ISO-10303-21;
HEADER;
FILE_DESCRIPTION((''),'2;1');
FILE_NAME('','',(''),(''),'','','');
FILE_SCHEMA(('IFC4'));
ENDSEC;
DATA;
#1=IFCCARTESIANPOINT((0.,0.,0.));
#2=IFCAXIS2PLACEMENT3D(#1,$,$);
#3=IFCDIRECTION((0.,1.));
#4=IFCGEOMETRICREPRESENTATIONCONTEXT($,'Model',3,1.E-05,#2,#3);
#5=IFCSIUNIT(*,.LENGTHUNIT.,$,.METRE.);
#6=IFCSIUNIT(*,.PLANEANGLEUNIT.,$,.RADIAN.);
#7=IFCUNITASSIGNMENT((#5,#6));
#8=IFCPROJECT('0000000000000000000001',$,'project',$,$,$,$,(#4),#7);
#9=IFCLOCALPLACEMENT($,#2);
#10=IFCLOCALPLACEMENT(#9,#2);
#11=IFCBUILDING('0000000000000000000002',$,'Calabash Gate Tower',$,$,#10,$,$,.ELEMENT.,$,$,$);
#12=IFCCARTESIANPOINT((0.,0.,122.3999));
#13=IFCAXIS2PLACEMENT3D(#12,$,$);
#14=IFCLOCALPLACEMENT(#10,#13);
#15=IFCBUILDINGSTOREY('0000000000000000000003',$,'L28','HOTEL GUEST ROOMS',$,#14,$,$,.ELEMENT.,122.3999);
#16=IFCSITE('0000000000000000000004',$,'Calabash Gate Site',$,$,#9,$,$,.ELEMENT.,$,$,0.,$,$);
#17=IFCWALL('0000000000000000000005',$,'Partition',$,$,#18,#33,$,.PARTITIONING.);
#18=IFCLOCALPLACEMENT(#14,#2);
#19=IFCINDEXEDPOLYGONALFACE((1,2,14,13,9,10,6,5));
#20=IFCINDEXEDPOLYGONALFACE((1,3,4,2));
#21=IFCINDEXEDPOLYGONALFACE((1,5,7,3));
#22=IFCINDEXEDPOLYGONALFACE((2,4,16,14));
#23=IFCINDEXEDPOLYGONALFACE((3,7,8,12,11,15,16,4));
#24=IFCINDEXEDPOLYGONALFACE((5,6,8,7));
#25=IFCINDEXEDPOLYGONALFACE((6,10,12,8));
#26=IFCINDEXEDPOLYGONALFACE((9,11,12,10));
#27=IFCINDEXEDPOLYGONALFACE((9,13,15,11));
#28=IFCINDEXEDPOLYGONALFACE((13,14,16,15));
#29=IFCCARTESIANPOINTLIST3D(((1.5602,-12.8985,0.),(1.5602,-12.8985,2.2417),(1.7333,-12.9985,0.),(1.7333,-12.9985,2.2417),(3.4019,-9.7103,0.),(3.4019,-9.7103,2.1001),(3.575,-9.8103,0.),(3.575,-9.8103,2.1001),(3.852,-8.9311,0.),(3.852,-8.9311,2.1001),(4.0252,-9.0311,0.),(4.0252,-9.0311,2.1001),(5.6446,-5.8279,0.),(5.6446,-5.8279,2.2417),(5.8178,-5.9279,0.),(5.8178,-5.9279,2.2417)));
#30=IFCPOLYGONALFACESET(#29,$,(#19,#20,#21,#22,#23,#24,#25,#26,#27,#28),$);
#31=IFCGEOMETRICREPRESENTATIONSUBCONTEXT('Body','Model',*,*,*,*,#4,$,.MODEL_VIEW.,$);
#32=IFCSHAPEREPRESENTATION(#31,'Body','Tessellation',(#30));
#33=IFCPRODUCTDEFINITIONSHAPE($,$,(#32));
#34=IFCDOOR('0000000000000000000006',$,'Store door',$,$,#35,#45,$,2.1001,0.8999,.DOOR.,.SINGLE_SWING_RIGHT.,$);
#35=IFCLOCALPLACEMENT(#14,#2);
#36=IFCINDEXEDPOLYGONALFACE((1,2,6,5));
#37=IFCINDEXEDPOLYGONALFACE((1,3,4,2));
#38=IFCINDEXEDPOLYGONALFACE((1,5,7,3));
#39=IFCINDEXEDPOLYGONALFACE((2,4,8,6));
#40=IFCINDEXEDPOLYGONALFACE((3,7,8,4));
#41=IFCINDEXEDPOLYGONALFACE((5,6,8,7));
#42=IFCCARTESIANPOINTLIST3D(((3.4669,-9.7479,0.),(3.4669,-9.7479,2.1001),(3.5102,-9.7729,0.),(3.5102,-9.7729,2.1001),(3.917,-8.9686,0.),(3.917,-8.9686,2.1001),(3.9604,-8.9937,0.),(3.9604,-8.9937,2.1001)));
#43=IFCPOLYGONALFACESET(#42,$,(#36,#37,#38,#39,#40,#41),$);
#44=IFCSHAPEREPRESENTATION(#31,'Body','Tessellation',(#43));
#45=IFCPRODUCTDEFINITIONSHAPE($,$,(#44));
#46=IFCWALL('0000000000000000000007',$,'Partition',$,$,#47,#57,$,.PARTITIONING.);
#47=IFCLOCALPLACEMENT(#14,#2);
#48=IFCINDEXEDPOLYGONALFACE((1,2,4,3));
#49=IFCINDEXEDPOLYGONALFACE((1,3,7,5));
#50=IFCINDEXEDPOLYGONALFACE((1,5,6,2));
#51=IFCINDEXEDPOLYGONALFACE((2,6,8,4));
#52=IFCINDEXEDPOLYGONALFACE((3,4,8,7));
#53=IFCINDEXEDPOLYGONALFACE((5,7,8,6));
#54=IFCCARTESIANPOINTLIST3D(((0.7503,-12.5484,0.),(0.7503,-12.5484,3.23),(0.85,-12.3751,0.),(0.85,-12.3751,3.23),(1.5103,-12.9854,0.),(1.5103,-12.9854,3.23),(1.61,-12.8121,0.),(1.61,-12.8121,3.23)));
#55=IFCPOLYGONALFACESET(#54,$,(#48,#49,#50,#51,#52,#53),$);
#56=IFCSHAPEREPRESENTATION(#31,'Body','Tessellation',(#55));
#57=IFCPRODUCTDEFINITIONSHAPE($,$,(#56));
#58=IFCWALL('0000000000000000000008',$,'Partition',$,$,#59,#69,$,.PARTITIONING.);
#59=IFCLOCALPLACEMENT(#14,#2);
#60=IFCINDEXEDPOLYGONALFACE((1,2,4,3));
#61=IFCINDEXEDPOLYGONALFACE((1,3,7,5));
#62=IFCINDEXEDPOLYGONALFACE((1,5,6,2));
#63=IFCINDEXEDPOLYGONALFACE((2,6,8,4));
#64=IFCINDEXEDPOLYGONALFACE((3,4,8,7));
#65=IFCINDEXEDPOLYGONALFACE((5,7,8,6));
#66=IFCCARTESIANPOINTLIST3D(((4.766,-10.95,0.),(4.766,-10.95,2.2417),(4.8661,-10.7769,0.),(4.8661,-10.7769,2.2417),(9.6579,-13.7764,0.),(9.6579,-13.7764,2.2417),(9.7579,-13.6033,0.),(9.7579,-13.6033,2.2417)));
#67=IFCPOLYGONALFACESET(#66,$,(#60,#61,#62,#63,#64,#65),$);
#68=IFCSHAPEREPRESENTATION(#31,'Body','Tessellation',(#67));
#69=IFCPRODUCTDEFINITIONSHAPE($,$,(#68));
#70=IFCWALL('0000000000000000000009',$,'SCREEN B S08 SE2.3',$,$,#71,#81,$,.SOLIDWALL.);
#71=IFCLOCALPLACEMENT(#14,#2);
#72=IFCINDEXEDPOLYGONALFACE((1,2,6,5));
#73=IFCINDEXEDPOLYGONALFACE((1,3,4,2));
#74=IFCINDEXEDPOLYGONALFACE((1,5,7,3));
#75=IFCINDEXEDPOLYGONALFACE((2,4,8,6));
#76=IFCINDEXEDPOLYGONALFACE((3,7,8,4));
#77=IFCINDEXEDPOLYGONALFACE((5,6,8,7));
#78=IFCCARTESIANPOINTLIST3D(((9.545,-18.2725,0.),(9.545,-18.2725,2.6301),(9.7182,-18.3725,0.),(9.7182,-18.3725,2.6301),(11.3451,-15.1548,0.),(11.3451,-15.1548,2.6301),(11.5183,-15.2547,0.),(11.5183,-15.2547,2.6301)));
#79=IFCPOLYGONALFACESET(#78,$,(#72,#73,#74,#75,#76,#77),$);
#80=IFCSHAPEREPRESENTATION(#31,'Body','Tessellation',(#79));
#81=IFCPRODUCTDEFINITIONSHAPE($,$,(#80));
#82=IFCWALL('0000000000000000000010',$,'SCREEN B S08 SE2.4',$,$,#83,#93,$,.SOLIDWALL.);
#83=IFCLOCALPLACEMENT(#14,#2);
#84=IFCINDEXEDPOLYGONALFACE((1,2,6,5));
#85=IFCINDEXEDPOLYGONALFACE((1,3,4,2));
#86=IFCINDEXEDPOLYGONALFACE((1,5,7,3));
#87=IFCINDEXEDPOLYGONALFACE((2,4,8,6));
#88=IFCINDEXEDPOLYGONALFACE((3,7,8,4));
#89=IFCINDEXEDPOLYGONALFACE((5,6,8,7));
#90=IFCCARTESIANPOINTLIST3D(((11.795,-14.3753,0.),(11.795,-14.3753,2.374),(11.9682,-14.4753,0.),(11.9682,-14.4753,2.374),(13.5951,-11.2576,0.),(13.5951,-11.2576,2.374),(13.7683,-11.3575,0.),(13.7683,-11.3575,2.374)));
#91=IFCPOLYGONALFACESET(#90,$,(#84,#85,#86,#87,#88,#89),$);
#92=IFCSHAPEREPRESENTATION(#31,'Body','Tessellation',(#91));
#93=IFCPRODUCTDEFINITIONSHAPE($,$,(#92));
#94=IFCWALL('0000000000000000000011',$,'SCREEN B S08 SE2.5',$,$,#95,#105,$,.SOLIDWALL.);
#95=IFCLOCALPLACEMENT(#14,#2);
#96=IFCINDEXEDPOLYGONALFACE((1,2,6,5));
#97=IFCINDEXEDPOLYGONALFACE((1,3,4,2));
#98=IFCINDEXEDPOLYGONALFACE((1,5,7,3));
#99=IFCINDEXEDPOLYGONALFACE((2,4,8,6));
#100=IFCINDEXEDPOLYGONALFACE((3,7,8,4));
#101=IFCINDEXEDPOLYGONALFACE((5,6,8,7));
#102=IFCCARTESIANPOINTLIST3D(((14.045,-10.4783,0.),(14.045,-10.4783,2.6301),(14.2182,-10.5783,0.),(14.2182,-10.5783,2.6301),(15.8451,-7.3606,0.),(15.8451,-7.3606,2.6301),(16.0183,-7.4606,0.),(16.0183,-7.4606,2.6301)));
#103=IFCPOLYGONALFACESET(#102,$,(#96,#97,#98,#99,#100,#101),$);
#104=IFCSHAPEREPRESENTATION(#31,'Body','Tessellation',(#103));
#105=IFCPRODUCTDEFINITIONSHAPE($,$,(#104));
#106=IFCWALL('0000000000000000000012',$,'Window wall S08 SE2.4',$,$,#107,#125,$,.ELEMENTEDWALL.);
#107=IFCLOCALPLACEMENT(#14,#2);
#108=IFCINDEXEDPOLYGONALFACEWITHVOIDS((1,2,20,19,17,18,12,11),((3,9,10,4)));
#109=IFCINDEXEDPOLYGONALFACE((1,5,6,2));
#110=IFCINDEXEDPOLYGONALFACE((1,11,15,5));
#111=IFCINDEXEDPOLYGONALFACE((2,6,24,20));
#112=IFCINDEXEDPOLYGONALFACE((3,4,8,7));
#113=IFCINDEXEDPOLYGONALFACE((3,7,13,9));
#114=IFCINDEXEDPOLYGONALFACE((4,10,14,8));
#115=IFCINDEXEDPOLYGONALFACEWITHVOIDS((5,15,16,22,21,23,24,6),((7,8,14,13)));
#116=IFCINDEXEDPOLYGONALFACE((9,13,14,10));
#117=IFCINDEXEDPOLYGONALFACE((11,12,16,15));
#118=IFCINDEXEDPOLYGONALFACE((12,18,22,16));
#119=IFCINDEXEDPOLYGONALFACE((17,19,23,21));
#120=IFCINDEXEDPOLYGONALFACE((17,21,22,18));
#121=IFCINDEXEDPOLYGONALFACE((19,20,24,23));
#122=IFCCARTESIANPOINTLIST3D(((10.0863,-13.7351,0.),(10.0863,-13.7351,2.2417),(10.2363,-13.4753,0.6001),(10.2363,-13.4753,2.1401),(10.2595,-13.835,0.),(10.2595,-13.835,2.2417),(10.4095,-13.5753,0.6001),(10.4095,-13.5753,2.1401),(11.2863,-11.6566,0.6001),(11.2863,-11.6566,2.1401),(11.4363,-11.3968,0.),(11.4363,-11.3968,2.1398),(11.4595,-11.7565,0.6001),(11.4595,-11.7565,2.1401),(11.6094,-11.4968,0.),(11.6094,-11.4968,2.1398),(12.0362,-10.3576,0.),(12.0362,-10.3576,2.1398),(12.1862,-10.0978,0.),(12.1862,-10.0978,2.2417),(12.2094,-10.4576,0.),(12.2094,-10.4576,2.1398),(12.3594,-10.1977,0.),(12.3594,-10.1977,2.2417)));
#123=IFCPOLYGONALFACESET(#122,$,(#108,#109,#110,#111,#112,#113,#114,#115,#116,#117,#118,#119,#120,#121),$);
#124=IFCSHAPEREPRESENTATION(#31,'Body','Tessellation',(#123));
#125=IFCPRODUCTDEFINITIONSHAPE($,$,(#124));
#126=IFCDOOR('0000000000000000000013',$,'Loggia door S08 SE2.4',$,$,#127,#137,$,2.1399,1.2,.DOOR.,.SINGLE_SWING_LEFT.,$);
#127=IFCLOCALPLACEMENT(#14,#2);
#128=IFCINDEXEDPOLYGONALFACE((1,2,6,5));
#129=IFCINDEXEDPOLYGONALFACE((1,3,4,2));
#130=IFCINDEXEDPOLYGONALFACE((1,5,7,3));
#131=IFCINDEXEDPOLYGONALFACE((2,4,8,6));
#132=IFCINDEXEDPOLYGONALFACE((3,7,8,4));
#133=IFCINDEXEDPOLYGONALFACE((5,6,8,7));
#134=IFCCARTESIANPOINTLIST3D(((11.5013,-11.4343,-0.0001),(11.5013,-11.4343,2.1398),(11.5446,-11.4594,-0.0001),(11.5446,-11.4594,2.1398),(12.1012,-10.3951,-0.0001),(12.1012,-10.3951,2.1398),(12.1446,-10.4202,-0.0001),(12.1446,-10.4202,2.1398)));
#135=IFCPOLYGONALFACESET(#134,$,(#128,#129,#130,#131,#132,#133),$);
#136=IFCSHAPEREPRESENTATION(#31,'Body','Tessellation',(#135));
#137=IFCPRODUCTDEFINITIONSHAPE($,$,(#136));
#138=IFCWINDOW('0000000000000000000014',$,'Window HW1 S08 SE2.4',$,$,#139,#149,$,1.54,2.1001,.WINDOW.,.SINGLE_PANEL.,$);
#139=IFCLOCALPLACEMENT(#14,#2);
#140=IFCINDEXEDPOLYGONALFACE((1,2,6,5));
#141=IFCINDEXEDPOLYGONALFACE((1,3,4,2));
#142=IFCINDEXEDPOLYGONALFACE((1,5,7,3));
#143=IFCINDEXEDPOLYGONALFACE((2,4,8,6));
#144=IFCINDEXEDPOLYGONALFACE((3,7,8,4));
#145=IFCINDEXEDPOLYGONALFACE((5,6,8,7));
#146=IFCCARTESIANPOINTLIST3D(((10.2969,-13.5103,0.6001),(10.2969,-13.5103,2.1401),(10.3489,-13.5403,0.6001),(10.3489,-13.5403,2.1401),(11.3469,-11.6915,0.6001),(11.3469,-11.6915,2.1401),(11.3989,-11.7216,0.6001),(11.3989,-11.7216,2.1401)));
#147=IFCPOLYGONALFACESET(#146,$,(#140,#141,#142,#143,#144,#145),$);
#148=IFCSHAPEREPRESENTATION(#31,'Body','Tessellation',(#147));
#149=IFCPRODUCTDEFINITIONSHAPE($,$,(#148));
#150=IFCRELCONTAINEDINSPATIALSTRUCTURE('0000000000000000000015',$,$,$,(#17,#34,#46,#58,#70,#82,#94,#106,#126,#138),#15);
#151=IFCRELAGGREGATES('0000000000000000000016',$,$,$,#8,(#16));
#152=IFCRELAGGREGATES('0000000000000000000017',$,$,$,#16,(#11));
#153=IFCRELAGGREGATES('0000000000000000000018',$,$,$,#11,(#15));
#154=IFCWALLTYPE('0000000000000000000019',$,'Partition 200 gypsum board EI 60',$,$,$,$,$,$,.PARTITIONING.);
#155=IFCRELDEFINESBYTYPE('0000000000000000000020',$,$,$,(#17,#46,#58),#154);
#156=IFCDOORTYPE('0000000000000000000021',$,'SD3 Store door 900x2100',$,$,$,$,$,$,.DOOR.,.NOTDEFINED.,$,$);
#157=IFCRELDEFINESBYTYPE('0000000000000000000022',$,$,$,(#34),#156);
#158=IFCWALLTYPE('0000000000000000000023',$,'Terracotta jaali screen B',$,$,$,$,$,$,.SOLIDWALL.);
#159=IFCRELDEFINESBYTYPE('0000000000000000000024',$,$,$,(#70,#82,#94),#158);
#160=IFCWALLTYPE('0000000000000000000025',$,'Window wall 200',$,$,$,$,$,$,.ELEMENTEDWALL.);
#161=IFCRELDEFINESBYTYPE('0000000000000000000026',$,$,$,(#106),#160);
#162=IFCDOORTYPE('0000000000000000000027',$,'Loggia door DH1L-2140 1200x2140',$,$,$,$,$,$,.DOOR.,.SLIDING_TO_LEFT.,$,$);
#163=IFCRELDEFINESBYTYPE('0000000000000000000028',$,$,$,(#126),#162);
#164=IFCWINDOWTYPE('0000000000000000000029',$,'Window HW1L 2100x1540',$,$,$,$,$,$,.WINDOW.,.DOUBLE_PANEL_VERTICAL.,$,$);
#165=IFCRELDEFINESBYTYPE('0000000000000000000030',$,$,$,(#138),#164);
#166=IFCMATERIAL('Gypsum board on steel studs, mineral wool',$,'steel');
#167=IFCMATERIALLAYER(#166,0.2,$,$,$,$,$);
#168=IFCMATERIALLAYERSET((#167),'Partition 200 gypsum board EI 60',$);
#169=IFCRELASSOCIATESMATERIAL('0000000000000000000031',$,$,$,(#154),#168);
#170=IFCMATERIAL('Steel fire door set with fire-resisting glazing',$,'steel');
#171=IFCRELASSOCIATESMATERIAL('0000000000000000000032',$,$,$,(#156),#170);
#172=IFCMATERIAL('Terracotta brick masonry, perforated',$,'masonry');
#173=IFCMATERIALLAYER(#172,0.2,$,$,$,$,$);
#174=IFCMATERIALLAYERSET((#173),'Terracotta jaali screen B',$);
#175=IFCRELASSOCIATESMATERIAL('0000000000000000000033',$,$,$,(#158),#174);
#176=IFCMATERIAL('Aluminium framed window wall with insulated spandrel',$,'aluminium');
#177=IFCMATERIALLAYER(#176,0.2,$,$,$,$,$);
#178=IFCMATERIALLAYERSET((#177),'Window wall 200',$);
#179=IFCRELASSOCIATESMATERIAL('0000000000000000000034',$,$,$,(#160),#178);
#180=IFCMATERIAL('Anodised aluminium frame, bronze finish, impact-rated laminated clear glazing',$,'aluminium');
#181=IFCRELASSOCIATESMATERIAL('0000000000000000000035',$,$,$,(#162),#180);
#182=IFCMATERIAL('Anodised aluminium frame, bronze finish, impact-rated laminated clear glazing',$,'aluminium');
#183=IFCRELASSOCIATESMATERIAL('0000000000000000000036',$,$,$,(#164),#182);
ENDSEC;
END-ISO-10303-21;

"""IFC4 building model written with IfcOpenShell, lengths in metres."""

from ifc_helpers import new_model, si_unit, direction, frame, frame_2d, origin, place, context, subcontext, project, spatial, rectangle, extrude, material, layer, layer_set, type_object, element, fill, save


model = new_model("IFC4")

# Units and contexts
model_context = context("Model", 3, precision=1e-05, world=origin(), true_north=direction((0.0, 1.0)))
body_context = subcontext(model_context, "Body", "Model", "MODEL_VIEW")
ifc_project = project(units=[si_unit("LENGTHUNIT", "METRE"), si_unit("PLANEANGLEUNIT", "RADIAN")], contexts=[model_context])

# Site, building, storey
site_placement = place(None, origin())
site = spatial("IfcSite", under=ifc_project, at=site_placement, Name="Calabash Gate Site", CompositionType="ELEMENT", RefElevation=0.0)
building_placement = place(site_placement, origin())
building = spatial("IfcBuilding", under=site, at=building_placement, Name="Calabash Gate Tower", CompositionType="ELEMENT")
storey_placement = place(building_placement, frame((0.0, 0.0, 122.3999)))
storey = spatial("IfcBuildingStorey", under=building, at=storey_placement, Name="L28", Description="HOTEL GUEST ROOMS", CompositionType="ELEMENT", Elevation=122.3999)

# Shared definitions
ifc_material_1 = material(Name="Gypsum board on steel studs, mineral wool", Category="steel")
ifc_layer_1 = layer(ifc_material_1, 0.2)
ifc_layer_set_1 = layer_set([ifc_layer_1], Name="Partition 200 gypsum board EI 60")
wall_type_1 = type_object("IfcWallType", Name="Partition 200 gypsum board EI 60", PredefinedType="PARTITIONING", material=ifc_layer_set_1)

# Wall, opening, door
wall_1_placement = place(storey_placement, frame((1.6467, -12.9485, 0.0), z_axis=(0.0, 0.0, 1.0), x_axis=(0.50021, 0.865904, 0.0)))
wall_1 = element("IfcWall", 1, at=wall_1_placement, inside=storey, type_object=wall_type_1, Name="Partition", PredefinedType="PARTITIONING", context=body_context, shape_type="SweptSolid", body=[
    extrude(rectangle(XDim=8.1655, YDim=0.2, at=frame_2d((4.0828, 0.0))), origin(), (0.0, 0.0, 1.0), 2.2417),
])
opening_1_placement = place(wall_1_placement, frame((3.6819, 0.0, 0.0)))
opening_1 = element("IfcOpeningElement", 2, at=opening_1_placement, cuts=wall_1, PredefinedType="OPENING", context=body_context, shape_type="SweptSolid", body=[
    extrude(rectangle(XDim=0.8999, YDim=2.1001, at=frame_2d((0.45, 1.05))), frame((0.0, 0.1099, 0.0), z_axis=(0.0, -1.0, 0.0), x_axis=(1.0, 0.0, 0.0)), (0.0, 0.0, 1.0), 0.22),
])
ifc_material_2 = material(Name="Steel fire door set with fire-resisting glazing", Category="steel")
door_type_1 = type_object("IfcDoorType", Name="SD3 Store door 900x2100", OperationType="NOTDEFINED", PredefinedType="DOOR", material=ifc_material_2)
door_1_placement = place(opening_1_placement, origin())
door_1 = element("IfcDoor", 3, at=door_1_placement, inside=storey, type_object=door_type_1, Name="Store door", OperationType="SINGLE_SWING_RIGHT", OverallHeight=2.1001, OverallWidth=0.8999, PredefinedType="DOOR", context=body_context, shape_type="SweptSolid", body=[
    extrude(rectangle(XDim=0.8999, YDim=2.1001, at=frame_2d((0.45, 1.05))), frame((0.0, 0.0249, 0.0), z_axis=(0.0, -1.0, 0.0), x_axis=(1.0, 0.0, 0.0)), (0.0, 0.0, 1.0), 0.05),
])
fill(opening_1, door_1)

# Walls
wall_2_placement = place(storey_placement, frame((0.8, -12.4617, 0.0), z_axis=(0.0, 0.0, 1.0), x_axis=(0.866903, -0.498476, 0.0)))
element("IfcWall", 4, at=wall_2_placement, inside=storey, type_object=wall_type_1, Name="Partition", PredefinedType="PARTITIONING", context=body_context, shape_type="SweptSolid", body=[
    extrude(rectangle(XDim=0.8767, YDim=0.2, at=frame_2d((0.4385, 0.0))), origin(), (0.0, 0.0, 1.0), 3.23),
])
wall_3_placement = place(storey_placement, frame((4.8162, -10.8635, 0.0), z_axis=(0.0, 0.0, 1.0), x_axis=(0.865864, -0.50028, 0.0)))
element("IfcWall", 5, at=wall_3_placement, inside=storey, type_object=wall_type_1, Name="Partition", PredefinedType="PARTITIONING", context=body_context, shape_type="SweptSolid", body=[
    extrude(rectangle(XDim=5.6497, YDim=0.2, at=frame_2d((2.8247, 0.0))), origin(), (0.0, 0.0, 1.0), 2.2417),
])
ifc_material_3 = material(Name="Terracotta brick masonry, perforated", Category="masonry")
ifc_layer_2 = layer(ifc_material_3, 0.2)
ifc_layer_set_2 = layer_set([ifc_layer_2], Name="Terracotta jaali screen B")
wall_type_2 = type_object("IfcWallType", Name="Terracotta jaali screen B", PredefinedType="SOLIDWALL", material=ifc_layer_set_2)
wall_4_placement = place(storey_placement, frame((9.6316, -18.3225, 0.0), z_axis=(0.0, 0.0, 1.0), x_axis=(0.500012, 0.866018, 0.0)))
element("IfcWall", 6, at=wall_4_placement, inside=storey, type_object=wall_type_2, Name="SCREEN B S08 SE2.3", PredefinedType="SOLIDWALL", context=body_context, shape_type="SweptSolid", body=[
    extrude(rectangle(XDim=3.6001, YDim=0.2, at=frame_2d((1.8, 0.0))), origin(), (0.0, 0.0, 1.0), 2.6301),
])
wall_5_placement = place(storey_placement, frame((11.8816, -14.4253, 0.0), z_axis=(0.0, 0.0, 1.0), x_axis=(0.500012, 0.866018, 0.0)))
element("IfcWall", 7, at=wall_5_placement, inside=storey, type_object=wall_type_2, Name="SCREEN B S08 SE2.4", PredefinedType="SOLIDWALL", context=body_context, shape_type="SweptSolid", body=[
    extrude(rectangle(XDim=3.6001, YDim=0.2, at=frame_2d((1.8, 0.0))), origin(), (0.0, 0.0, 1.0), 2.374),
])
wall_6_placement = place(storey_placement, frame((14.1316, -10.5283, 0.0), z_axis=(0.0, 0.0, 1.0), x_axis=(0.500012, 0.866018, 0.0)))
element("IfcWall", 8, at=wall_6_placement, inside=storey, type_object=wall_type_2, Name="SCREEN B S08 SE2.5", PredefinedType="SOLIDWALL", context=body_context, shape_type="SweptSolid", body=[
    extrude(rectangle(XDim=3.6001, YDim=0.2, at=frame_2d((1.8, 0.0))), origin(), (0.0, 0.0, 1.0), 2.6301),
])

# Wall, openings, door, window
ifc_material_4 = material(Name="Aluminium framed window wall with insulated spandrel", Category="aluminium")
ifc_layer_3 = layer(ifc_material_4, 0.2)
ifc_layer_set_3 = layer_set([ifc_layer_3], Name="Window wall 200")
wall_type_3 = type_object("IfcWallType", Name="Window wall 200", PredefinedType="ELEMENTEDWALL", material=ifc_layer_set_3)
wall_7_placement = place(storey_placement, frame((10.1729, -13.7852, 0.0), z_axis=(0.0, 0.0, 1.0), x_axis=(0.499984, 0.866035, 0.0)))
wall_7 = element("IfcWall", 9, at=wall_7_placement, inside=storey, type_object=wall_type_3, Name="Window wall S08 SE2.4", PredefinedType="ELEMENTEDWALL", context=body_context, shape_type="SweptSolid", body=[
    extrude(rectangle(XDim=4.2, YDim=0.2, at=frame_2d((2.1001, 0.0))), origin(), (0.0, 0.0, 1.0), 2.2417),
])
opening_2_placement = place(wall_7_placement, frame((0.3, 0.0, 0.6001)))
opening_2 = element("IfcOpeningElement", 10, at=opening_2_placement, cuts=wall_7, PredefinedType="OPENING", context=body_context, shape_type="SweptSolid", body=[
    extrude(rectangle(XDim=2.1001, YDim=1.54, at=frame_2d((1.05, 0.77))), frame((0.0, 0.1099, 0.0), z_axis=(0.0, -1.0, 0.0), x_axis=(1.0, 0.0, 0.0)), (0.0, 0.0, 1.0), 0.22),
])
opening_3_placement = place(wall_7_placement, frame((2.7, 0.0, 0.0)))
opening_3 = element("IfcOpeningElement", 11, at=opening_3_placement, cuts=wall_7, PredefinedType="OPENING", context=body_context, shape_type="SweptSolid", body=[
    extrude(rectangle(XDim=1.2, YDim=2.1399, at=frame_2d((0.6001, 1.0698))), frame((0.0, 0.1099, 0.0), z_axis=(0.0, -1.0, 0.0), x_axis=(1.0, 0.0, 0.0)), (0.0, 0.0, 1.0), 0.22),
])
ifc_material_5 = material(Name="Anodised aluminium frame, bronze finish, impact-rated laminated clear glazing", Category="aluminium")
door_type_2 = type_object("IfcDoorType", Name="Loggia door DH1L-2140 1200x2140", OperationType="SLIDING_TO_LEFT", PredefinedType="DOOR", material=ifc_material_5)
door_2_placement = place(opening_3_placement, origin())
door_2 = element("IfcDoor", 12, at=door_2_placement, inside=storey, type_object=door_type_2, Name="Loggia door S08 SE2.4", OperationType="SINGLE_SWING_LEFT", OverallHeight=2.1399, OverallWidth=1.2, PredefinedType="DOOR", context=body_context, shape_type="SweptSolid", body=[
    extrude(rectangle(XDim=1.2, YDim=2.1399, at=frame_2d((0.6001, 1.0698))), frame((0.0, 0.0249, 0.0), z_axis=(0.0, -1.0, 0.0), x_axis=(1.0, 0.0, 0.0)), (0.0, 0.0, 1.0), 0.05),
])
fill(opening_3, door_2)
ifc_material_6 = material(Name="Anodised aluminium frame, bronze finish, impact-rated laminated clear glazing", Category="aluminium")
window_type_1 = type_object("IfcWindowType", Name="Window HW1L 2100x1540", PartitioningType="DOUBLE_PANEL_VERTICAL", PredefinedType="WINDOW", material=ifc_material_6)
window_1_placement = place(opening_2_placement, origin())
window_1 = element("IfcWindow", 13, at=window_1_placement, inside=storey, type_object=window_type_1, Name="Window HW1 S08 SE2.4", OverallHeight=1.54, OverallWidth=2.1001, PartitioningType="SINGLE_PANEL", PredefinedType="WINDOW", context=body_context, shape_type="SweptSolid", body=[
    extrude(rectangle(XDim=2.1001, YDim=1.54, at=frame_2d((1.05, 0.77))), frame((0.0, 0.03, 0.0), z_axis=(0.0, -1.0, 0.0), x_axis=(1.0, 0.0, 0.0)), (0.0, 0.0, 1.0), 0.0601),
])
fill(opening_2, window_1)

save(model, "model.ifc")
